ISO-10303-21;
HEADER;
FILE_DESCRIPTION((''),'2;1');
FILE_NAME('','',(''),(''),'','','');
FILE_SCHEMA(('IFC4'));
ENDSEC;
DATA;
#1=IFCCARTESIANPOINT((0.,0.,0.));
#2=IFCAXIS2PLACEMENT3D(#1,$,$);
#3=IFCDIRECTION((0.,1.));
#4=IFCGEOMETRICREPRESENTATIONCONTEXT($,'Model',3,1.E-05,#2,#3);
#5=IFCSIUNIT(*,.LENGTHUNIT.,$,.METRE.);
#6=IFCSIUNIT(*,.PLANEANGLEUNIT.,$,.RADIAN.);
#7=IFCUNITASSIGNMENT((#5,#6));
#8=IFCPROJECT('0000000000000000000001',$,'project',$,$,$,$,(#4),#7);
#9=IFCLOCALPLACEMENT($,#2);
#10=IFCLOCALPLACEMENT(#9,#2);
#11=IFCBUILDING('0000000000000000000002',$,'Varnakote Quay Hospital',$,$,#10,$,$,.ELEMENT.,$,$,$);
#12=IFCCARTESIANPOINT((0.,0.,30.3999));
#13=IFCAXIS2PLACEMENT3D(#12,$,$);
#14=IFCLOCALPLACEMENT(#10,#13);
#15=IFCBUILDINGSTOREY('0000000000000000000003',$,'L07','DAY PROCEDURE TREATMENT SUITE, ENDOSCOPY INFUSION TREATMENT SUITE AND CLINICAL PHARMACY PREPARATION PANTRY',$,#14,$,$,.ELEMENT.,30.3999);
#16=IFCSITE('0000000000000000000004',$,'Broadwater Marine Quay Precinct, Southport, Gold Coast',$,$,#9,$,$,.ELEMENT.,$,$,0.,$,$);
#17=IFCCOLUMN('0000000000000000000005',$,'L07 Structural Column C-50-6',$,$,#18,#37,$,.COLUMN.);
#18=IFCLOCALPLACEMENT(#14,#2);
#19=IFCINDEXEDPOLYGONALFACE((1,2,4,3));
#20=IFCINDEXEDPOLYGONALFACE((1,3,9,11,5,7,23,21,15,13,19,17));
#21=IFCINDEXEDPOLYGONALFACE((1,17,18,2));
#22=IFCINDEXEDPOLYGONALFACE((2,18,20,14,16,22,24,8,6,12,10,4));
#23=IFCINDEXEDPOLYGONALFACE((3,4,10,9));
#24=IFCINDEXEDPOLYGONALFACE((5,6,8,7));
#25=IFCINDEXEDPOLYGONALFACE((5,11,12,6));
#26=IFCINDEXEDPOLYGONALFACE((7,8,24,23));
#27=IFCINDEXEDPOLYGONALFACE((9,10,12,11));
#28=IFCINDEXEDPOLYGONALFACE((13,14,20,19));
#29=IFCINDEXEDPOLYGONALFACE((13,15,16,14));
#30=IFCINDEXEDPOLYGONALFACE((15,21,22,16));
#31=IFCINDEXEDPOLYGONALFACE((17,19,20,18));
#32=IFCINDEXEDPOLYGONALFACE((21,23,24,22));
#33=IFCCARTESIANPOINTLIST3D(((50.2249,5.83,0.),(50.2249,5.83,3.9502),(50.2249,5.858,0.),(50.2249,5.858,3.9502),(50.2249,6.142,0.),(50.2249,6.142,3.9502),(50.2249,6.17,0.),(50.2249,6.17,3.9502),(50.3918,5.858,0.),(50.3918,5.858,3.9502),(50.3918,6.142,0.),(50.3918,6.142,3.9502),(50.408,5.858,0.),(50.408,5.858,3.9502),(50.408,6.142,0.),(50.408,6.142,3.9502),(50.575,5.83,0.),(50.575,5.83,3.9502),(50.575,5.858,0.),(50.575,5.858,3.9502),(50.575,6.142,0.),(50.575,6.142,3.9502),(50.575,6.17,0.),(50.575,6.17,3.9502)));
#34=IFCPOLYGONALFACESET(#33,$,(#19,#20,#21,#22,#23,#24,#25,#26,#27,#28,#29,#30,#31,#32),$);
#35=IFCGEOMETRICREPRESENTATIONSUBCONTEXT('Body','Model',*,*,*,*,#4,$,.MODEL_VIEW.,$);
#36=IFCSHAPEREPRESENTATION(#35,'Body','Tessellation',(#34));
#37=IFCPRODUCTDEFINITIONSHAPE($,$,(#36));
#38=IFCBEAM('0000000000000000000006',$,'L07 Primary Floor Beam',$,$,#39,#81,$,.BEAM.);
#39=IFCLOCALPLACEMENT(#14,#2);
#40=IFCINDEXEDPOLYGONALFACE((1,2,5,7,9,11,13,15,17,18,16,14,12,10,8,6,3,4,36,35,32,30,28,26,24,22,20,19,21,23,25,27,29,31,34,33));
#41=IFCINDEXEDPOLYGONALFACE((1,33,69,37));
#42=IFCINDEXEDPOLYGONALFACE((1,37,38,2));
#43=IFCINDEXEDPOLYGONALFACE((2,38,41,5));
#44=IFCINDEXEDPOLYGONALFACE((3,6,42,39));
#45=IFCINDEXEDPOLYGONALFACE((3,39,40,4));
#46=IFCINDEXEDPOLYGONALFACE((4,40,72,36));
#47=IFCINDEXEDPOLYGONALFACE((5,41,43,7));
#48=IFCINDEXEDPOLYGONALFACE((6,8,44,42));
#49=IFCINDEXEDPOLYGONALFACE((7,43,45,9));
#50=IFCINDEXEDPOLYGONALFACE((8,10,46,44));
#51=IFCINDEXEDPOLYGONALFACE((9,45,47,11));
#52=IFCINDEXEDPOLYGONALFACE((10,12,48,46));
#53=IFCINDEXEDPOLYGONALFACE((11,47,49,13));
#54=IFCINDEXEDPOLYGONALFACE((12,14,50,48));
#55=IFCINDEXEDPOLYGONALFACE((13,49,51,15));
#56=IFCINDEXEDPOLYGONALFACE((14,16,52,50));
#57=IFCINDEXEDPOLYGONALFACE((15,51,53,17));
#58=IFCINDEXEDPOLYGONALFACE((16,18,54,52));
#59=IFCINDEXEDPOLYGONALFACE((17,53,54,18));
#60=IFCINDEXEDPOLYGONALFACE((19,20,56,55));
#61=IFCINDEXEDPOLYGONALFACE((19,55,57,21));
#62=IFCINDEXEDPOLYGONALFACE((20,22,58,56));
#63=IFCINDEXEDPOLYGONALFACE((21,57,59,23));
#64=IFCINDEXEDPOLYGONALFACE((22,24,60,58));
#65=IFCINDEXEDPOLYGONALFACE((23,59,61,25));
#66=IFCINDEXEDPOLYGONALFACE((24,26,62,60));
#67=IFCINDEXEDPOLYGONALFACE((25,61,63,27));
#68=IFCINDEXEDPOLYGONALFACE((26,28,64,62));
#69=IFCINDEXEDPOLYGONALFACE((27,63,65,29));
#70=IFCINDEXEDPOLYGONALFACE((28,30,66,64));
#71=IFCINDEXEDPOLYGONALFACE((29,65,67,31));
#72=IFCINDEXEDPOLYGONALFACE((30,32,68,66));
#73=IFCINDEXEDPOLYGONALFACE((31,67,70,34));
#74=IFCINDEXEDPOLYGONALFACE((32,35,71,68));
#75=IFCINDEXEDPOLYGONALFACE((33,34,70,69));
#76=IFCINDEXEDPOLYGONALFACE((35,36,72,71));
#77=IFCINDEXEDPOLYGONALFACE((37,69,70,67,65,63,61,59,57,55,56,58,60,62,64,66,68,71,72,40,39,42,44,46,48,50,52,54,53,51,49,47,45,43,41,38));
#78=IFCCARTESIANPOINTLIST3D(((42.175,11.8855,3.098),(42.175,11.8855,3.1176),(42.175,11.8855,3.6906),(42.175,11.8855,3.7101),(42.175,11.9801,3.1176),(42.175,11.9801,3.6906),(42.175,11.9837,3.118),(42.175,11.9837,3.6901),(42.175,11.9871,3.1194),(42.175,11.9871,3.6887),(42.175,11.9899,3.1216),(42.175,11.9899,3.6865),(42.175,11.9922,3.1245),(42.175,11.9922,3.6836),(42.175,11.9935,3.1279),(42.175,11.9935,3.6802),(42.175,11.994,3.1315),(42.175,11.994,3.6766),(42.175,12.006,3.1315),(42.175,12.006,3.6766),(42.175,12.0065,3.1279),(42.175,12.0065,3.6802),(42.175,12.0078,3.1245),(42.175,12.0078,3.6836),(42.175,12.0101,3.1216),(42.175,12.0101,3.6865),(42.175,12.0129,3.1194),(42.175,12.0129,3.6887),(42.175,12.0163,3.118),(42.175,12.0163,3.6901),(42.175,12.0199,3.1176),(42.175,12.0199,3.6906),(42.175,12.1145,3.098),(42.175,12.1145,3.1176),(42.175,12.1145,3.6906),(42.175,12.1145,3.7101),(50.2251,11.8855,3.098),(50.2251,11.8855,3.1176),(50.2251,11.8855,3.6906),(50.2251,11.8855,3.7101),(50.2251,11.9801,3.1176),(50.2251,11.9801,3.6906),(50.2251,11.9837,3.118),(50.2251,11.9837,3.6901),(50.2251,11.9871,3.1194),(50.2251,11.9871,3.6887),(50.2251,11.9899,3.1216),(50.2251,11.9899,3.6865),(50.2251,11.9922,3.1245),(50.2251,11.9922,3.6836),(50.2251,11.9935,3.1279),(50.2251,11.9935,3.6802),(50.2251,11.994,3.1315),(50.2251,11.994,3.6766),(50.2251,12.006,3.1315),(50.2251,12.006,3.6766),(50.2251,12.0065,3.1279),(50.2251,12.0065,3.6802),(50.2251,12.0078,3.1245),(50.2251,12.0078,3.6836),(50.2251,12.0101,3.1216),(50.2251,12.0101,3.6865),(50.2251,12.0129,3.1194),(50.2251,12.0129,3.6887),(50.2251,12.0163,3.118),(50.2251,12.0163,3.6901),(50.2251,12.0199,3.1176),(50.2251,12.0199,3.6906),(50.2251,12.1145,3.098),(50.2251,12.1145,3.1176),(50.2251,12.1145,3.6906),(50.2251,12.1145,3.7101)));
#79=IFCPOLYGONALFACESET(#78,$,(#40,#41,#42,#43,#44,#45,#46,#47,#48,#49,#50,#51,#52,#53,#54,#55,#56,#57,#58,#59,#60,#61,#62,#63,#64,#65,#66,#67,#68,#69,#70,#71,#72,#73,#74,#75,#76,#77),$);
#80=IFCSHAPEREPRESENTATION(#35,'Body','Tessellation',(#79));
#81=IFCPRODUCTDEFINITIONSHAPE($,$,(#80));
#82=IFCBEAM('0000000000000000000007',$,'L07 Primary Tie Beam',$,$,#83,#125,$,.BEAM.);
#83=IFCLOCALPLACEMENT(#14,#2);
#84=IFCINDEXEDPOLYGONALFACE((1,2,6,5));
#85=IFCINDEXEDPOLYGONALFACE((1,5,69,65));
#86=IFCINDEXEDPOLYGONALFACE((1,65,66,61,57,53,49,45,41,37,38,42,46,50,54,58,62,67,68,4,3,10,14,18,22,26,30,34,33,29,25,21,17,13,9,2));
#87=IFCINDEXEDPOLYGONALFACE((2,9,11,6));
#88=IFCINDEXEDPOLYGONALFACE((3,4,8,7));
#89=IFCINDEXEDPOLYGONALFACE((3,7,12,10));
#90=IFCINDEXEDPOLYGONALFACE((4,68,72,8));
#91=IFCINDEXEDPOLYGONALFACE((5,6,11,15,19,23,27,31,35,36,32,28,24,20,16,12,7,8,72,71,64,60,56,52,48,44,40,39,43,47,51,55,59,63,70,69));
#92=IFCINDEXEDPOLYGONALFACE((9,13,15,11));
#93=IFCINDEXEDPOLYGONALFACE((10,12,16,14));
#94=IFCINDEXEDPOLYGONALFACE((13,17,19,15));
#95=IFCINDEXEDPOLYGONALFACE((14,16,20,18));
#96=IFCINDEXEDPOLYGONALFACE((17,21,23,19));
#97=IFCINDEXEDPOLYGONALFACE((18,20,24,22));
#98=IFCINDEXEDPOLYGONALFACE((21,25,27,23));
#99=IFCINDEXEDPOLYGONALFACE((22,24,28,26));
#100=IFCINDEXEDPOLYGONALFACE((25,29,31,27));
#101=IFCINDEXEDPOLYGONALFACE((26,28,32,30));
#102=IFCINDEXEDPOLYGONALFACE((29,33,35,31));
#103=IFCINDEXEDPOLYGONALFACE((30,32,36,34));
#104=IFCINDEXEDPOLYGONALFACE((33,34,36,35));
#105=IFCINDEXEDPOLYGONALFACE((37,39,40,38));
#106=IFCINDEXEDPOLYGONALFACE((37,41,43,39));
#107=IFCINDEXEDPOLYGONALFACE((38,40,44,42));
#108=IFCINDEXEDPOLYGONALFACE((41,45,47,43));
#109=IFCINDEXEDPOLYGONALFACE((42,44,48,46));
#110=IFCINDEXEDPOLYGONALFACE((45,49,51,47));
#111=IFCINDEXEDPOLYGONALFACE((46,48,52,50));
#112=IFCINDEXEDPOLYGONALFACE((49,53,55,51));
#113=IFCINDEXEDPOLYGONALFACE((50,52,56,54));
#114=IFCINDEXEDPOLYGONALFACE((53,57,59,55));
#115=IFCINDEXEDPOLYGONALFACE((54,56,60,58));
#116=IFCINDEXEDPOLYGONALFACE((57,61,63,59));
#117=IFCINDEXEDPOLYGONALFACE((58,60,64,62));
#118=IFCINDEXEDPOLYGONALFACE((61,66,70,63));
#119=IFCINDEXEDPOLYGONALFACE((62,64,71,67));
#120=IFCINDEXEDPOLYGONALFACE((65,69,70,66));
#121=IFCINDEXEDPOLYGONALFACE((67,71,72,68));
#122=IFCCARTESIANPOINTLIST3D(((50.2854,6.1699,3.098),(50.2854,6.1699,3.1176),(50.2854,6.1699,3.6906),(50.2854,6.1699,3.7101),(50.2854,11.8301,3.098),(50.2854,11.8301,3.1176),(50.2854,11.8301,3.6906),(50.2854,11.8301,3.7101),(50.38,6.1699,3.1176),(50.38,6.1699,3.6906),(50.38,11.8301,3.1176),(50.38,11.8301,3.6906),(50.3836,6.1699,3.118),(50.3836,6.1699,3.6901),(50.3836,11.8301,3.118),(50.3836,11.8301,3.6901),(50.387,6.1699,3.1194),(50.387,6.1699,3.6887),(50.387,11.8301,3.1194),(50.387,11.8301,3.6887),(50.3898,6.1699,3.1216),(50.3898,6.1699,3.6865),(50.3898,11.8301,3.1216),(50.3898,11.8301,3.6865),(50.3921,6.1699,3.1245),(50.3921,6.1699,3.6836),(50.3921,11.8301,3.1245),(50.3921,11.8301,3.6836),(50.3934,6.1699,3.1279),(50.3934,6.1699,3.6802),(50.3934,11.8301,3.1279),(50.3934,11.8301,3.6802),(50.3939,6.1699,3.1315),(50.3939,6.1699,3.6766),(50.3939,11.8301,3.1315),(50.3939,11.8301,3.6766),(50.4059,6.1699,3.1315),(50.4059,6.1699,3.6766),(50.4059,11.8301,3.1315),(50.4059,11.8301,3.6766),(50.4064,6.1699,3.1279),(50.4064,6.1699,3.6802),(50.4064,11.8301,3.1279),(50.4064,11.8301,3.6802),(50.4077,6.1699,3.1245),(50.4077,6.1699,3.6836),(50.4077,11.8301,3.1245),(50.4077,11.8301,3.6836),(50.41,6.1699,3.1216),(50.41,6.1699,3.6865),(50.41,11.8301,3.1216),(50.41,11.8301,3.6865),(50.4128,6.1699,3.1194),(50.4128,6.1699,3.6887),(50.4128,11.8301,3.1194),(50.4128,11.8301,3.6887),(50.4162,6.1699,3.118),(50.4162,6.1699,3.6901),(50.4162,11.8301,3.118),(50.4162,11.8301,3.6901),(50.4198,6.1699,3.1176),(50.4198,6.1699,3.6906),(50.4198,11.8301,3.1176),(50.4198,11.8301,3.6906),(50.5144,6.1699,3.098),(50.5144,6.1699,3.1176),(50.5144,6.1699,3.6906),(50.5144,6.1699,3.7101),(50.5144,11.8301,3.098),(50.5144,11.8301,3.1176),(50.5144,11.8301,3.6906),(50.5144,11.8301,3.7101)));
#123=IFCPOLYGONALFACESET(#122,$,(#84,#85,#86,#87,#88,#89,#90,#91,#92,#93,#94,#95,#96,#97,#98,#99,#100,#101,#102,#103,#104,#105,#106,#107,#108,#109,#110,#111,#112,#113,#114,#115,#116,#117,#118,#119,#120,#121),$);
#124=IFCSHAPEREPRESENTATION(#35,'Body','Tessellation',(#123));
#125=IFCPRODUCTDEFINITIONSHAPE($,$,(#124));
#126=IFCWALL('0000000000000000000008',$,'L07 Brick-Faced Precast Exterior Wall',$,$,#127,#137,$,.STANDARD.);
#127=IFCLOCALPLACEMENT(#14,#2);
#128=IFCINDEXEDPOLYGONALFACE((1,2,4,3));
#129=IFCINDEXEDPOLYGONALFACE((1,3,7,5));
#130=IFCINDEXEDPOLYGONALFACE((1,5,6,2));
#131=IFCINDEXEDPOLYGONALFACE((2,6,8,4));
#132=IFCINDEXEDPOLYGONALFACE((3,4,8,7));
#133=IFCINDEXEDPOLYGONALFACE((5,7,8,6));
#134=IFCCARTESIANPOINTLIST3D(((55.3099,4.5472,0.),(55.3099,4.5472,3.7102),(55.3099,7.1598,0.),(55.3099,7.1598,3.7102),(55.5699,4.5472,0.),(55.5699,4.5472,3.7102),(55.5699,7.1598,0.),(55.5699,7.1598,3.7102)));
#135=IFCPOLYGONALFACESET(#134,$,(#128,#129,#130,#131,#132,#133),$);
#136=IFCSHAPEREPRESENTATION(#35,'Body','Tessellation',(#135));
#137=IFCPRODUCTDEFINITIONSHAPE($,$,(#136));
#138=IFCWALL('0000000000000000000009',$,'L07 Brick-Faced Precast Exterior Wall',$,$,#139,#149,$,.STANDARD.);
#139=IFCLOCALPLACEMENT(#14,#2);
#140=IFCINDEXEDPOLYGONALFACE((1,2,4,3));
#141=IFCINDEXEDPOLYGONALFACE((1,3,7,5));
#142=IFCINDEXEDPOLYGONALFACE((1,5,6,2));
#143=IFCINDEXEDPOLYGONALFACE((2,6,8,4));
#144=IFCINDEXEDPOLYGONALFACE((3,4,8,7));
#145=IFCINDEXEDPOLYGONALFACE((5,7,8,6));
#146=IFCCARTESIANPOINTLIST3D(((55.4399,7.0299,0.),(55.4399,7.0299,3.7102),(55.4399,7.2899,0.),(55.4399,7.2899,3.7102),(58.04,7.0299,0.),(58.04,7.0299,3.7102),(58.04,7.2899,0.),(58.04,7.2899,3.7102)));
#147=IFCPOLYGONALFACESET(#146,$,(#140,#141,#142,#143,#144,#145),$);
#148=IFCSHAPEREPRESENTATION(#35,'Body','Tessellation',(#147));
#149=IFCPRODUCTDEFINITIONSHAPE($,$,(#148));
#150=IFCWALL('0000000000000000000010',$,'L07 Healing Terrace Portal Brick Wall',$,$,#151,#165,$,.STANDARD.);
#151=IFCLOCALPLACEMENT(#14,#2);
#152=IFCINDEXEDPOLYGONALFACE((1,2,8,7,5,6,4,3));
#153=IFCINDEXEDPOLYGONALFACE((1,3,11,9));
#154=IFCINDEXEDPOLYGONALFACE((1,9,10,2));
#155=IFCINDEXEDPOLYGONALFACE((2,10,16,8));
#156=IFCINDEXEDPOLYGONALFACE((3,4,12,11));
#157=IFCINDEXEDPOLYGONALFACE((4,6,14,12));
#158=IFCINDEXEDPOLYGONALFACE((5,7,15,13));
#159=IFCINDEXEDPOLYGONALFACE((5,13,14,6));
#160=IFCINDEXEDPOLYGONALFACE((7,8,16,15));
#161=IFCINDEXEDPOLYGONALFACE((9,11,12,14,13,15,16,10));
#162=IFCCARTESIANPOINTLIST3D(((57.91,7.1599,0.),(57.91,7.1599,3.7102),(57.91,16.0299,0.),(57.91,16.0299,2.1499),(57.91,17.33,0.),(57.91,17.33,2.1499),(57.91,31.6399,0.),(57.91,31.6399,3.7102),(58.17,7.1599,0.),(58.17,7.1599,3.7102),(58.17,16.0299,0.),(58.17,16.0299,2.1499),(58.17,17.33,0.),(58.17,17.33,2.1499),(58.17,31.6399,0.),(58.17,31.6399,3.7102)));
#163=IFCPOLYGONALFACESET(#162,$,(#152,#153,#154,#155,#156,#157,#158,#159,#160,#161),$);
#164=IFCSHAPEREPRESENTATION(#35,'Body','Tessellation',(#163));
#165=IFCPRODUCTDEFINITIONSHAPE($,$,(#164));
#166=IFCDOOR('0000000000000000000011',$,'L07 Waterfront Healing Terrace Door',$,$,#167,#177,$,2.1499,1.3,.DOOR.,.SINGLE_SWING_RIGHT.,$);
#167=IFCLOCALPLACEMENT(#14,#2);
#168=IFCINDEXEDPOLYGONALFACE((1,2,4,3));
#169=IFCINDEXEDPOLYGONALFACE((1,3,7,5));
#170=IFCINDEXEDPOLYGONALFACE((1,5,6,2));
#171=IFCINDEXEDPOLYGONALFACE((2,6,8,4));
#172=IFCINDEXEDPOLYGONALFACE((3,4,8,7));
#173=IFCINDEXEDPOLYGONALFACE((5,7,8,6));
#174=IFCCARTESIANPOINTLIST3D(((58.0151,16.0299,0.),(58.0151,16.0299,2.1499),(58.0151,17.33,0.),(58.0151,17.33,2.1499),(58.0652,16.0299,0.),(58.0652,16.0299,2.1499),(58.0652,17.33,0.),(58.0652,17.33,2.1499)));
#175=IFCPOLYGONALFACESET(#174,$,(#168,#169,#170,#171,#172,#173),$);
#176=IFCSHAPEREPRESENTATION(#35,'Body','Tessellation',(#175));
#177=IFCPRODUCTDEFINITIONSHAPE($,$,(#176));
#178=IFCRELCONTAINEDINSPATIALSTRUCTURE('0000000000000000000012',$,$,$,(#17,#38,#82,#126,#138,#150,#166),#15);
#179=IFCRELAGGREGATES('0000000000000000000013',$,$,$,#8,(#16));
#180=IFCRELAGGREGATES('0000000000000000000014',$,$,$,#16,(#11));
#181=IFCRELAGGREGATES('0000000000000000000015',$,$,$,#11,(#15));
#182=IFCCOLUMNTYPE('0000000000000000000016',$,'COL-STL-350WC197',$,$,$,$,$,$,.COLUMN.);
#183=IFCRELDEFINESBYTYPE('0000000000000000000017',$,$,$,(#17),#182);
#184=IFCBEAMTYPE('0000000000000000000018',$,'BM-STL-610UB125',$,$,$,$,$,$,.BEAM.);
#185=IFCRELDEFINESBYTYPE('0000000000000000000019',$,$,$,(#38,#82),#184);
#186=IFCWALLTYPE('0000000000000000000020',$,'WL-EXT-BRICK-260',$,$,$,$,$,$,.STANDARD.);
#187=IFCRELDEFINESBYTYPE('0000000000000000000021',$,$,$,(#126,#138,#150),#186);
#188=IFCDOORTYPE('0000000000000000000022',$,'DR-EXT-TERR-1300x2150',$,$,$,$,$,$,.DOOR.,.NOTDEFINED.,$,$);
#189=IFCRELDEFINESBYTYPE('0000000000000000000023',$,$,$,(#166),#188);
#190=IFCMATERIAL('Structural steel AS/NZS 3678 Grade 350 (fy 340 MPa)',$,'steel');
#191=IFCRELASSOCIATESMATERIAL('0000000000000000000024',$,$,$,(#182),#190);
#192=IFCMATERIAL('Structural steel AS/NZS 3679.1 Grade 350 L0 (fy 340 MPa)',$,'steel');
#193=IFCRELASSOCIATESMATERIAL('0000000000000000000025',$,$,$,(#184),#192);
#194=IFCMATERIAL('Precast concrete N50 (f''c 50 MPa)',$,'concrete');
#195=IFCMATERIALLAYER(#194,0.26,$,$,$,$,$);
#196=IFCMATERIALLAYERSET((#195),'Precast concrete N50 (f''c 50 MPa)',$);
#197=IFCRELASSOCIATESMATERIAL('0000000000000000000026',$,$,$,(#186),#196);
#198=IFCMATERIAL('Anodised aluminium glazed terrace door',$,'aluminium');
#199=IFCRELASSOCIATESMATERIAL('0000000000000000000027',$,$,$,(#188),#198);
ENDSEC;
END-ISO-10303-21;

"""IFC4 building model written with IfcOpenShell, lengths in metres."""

from ifc_helpers import new_model, si_unit, direction, frame, frame_2d, origin, origin_2d, place, context, subcontext, project, spatial, rectangle, i_section, extrude, material, layer, layer_set, material_profile, profile_set, type_object, element, fill, save


model = new_model("IFC4")

# Units and contexts
model_context = context("Model", 3, precision=1e-05, world=origin(), true_north=direction((0.0, 1.0)))
body_context = subcontext(model_context, "Body", "Model", "MODEL_VIEW")
ifc_project = project(units=[si_unit("LENGTHUNIT", "METRE"), si_unit("PLANEANGLEUNIT", "RADIAN")], contexts=[model_context])

# Site, building, storey
site_placement = place(None, origin())
site = spatial("IfcSite", under=ifc_project, at=site_placement, Name="Broadwater Marine Quay Precinct, Southport, Gold Coast", CompositionType="ELEMENT", RefElevation=0.0)
building_placement = place(site_placement, origin())
building = spatial("IfcBuilding", under=site, at=building_placement, Name="Varnakote Quay Hospital", CompositionType="ELEMENT")
storey_placement = place(building_placement, frame((0.0, 0.0, 30.3999)))
storey = spatial("IfcBuildingStorey", under=building, at=storey_placement, Name="L07", Description="DAY PROCEDURE TREATMENT SUITE, ENDOSCOPY INFUSION TREATMENT SUITE AND CLINICAL PHARMACY PREPARATION PANTRY", CompositionType="ELEMENT", Elevation=30.3999)

# Column
ifc_material_1 = material(Name="Structural steel AS/NZS 3678 Grade 350 (fy 340 MPa)", Category="steel")
ifc_material_profile_1 = material_profile(ifc_material_1, i_section(OverallWidth=0.3501, OverallDepth=0.3401, WebThickness=0.0161, FlangeThickness=0.0281, at=origin_2d()), Name="350WC197")
ifc_profile_set_1 = profile_set([ifc_material_profile_1], Name="Structural steel AS/NZS 3678 Grade 350 (fy 340 MPa)")
column_type = type_object("IfcColumnType", Name="COL-STL-350WC197", PredefinedType="COLUMN", material=ifc_profile_set_1)
column_placement = place(storey_placement, frame((50.3999, 6.0, 0.0), z_axis=(0.0, 0.0, 1.0), x_axis=(1.0, 0.0, 0.0)))
element("IfcColumn", 1, at=column_placement, inside=storey, type_object=column_type, Name="L07 Structural Column C-50-6", PredefinedType="COLUMN", context=body_context, shape_type="SweptSolid", body=[
    extrude(i_section(OverallWidth=0.3501, OverallDepth=0.3401, WebThickness=0.0161, FlangeThickness=0.0281, at=origin_2d()), origin(), (0.0, 0.0, 1.0), 3.9502),
])

# Beams
ifc_material_2 = material(Name="Structural steel AS/NZS 3679.1 Grade 350 L0 (fy 340 MPa)", Category="steel")
ifc_material_profile_2 = material_profile(ifc_material_2, i_section(OverallWidth=0.229, OverallDepth=0.6121, WebThickness=0.012, FlangeThickness=0.0195, FilletRadius=0.0139, at=origin_2d()), Name="610UB125")
ifc_profile_set_2 = profile_set([ifc_material_profile_2], Name="Structural steel AS/NZS 3679.1 Grade 350 L0 (fy 340 MPa)")
beam_type = type_object("IfcBeamType", Name="BM-STL-610UB125", PredefinedType="BEAM", material=ifc_profile_set_2)
beam_1_placement = place(storey_placement, frame((42.175, 12.0, 3.4041), z_axis=(1.0, 0.0, 0.0), x_axis=(0.0, 1.0, 0.0)))
element("IfcBeam", 2, at=beam_1_placement, inside=storey, type_object=beam_type, Name="L07 Primary Floor Beam", PredefinedType="BEAM", context=body_context, shape_type="SweptSolid", body=[
    extrude(i_section(OverallWidth=0.229, OverallDepth=0.6121, WebThickness=0.012, FlangeThickness=0.0195, FilletRadius=0.0139, at=origin_2d()), origin(), (0.0, 0.0, 1.0), 8.05),
])
beam_2_placement = place(storey_placement, frame((50.3999, 6.1699, 3.4041), z_axis=(0.0, 1.0, 0.0), x_axis=(-1.0, 0.0, 0.0)))
element("IfcBeam", 3, at=beam_2_placement, inside=storey, type_object=beam_type, Name="L07 Primary Tie Beam", PredefinedType="BEAM", context=body_context, shape_type="SweptSolid", body=[
    extrude(i_section(OverallWidth=0.229, OverallDepth=0.6121, WebThickness=0.012, FlangeThickness=0.0195, FilletRadius=0.0139, at=origin_2d()), origin(), (0.0, 0.0, 1.0), 5.6602),
])

# Walls
ifc_material_3 = material(Name="Precast concrete N50 (f'c 50 MPa)", Category="concrete")
ifc_layer_1 = layer(ifc_material_3, 0.26)
ifc_layer_set_1 = layer_set([ifc_layer_1], Name="Precast concrete N50 (f'c 50 MPa)")
wall_type_1 = type_object("IfcWallType", Name="WL-EXT-BRICK-260", PredefinedType="STANDARD", material=ifc_layer_set_1)
wall_1_placement = place(storey_placement, frame((55.4399, 4.5474, 0.0), z_axis=(0.0, 0.0, 1.0), x_axis=(0.0, 1.0, 0.0)))
element("IfcWall", 4, at=wall_1_placement, inside=storey, type_object=wall_type_1, Name="L07 Brick-Faced Precast Exterior Wall", PredefinedType="STANDARD", context=body_context, shape_type="SweptSolid", body=[
    extrude(rectangle(XDim=2.6125, YDim=0.26, at=frame_2d((1.3062, 0.0))), origin(), (0.0, 0.0, 1.0), 3.7102),
])
wall_2_placement = place(storey_placement, frame((55.4399, 7.1599, 0.0), z_axis=(0.0, 0.0, 1.0), x_axis=(1.0, 0.0, 0.0)))
element("IfcWall", 5, at=wall_2_placement, inside=storey, type_object=wall_type_1, Name="L07 Brick-Faced Precast Exterior Wall", PredefinedType="STANDARD", context=body_context, shape_type="SweptSolid", body=[
    extrude(rectangle(XDim=2.6001, YDim=0.26, at=frame_2d((1.3, 0.0))), origin(), (0.0, 0.0, 1.0), 3.7102),
])

# Wall, opening, door
wall_3_placement = place(storey_placement, frame((58.04, 7.1599, 0.0), z_axis=(0.0, 0.0, 1.0), x_axis=(0.0, 1.0, 0.0)))
wall_3 = element("IfcWall", 6, at=wall_3_placement, inside=storey, type_object=wall_type_1, Name="L07 Healing Terrace Portal Brick Wall", PredefinedType="STANDARD", context=body_context, shape_type="SweptSolid", body=[
    extrude(rectangle(XDim=24.48, YDim=0.26, at=frame_2d((12.24, 0.0))), origin(), (0.0, 0.0, 1.0), 3.7102),
])
opening_placement = place(wall_3_placement, frame((8.8701, 0.0, 0.0)))
opening = element("IfcOpeningElement", 7, at=opening_placement, cuts=wall_3, PredefinedType="OPENING", context=body_context, shape_type="SweptSolid", body=[
    extrude(rectangle(XDim=1.3, YDim=2.1499, at=frame_2d((0.6499, 1.075))), frame((0.0, 0.1399, 0.0), z_axis=(0.0, -1.0, 0.0), x_axis=(1.0, 0.0, 0.0)), (0.0, 0.0, 1.0), 0.28),
])
ifc_material_4 = material(Name="Anodised aluminium glazed terrace door", Category="aluminium")
door_type = type_object("IfcDoorType", Name="DR-EXT-TERR-1300x2150", OperationType="NOTDEFINED", PredefinedType="DOOR", material=ifc_material_4)
door_placement = place(opening_placement, origin())
door = element("IfcDoor", 8, at=door_placement, inside=storey, type_object=door_type, Name="L07 Waterfront Healing Terrace Door", OperationType="SINGLE_SWING_RIGHT", OverallHeight=2.1499, OverallWidth=1.3, PredefinedType="DOOR", context=body_context, shape_type="SweptSolid", body=[
    extrude(rectangle(XDim=1.3, YDim=2.1499, at=frame_2d((0.6499, 1.075))), frame((0.0, 0.0249, 0.0), z_axis=(0.0, -1.0, 0.0), x_axis=(1.0, 0.0, 0.0)), (0.0, 0.0, 1.0), 0.05),
])
fill(opening, door)

save(model, "model.ifc")
